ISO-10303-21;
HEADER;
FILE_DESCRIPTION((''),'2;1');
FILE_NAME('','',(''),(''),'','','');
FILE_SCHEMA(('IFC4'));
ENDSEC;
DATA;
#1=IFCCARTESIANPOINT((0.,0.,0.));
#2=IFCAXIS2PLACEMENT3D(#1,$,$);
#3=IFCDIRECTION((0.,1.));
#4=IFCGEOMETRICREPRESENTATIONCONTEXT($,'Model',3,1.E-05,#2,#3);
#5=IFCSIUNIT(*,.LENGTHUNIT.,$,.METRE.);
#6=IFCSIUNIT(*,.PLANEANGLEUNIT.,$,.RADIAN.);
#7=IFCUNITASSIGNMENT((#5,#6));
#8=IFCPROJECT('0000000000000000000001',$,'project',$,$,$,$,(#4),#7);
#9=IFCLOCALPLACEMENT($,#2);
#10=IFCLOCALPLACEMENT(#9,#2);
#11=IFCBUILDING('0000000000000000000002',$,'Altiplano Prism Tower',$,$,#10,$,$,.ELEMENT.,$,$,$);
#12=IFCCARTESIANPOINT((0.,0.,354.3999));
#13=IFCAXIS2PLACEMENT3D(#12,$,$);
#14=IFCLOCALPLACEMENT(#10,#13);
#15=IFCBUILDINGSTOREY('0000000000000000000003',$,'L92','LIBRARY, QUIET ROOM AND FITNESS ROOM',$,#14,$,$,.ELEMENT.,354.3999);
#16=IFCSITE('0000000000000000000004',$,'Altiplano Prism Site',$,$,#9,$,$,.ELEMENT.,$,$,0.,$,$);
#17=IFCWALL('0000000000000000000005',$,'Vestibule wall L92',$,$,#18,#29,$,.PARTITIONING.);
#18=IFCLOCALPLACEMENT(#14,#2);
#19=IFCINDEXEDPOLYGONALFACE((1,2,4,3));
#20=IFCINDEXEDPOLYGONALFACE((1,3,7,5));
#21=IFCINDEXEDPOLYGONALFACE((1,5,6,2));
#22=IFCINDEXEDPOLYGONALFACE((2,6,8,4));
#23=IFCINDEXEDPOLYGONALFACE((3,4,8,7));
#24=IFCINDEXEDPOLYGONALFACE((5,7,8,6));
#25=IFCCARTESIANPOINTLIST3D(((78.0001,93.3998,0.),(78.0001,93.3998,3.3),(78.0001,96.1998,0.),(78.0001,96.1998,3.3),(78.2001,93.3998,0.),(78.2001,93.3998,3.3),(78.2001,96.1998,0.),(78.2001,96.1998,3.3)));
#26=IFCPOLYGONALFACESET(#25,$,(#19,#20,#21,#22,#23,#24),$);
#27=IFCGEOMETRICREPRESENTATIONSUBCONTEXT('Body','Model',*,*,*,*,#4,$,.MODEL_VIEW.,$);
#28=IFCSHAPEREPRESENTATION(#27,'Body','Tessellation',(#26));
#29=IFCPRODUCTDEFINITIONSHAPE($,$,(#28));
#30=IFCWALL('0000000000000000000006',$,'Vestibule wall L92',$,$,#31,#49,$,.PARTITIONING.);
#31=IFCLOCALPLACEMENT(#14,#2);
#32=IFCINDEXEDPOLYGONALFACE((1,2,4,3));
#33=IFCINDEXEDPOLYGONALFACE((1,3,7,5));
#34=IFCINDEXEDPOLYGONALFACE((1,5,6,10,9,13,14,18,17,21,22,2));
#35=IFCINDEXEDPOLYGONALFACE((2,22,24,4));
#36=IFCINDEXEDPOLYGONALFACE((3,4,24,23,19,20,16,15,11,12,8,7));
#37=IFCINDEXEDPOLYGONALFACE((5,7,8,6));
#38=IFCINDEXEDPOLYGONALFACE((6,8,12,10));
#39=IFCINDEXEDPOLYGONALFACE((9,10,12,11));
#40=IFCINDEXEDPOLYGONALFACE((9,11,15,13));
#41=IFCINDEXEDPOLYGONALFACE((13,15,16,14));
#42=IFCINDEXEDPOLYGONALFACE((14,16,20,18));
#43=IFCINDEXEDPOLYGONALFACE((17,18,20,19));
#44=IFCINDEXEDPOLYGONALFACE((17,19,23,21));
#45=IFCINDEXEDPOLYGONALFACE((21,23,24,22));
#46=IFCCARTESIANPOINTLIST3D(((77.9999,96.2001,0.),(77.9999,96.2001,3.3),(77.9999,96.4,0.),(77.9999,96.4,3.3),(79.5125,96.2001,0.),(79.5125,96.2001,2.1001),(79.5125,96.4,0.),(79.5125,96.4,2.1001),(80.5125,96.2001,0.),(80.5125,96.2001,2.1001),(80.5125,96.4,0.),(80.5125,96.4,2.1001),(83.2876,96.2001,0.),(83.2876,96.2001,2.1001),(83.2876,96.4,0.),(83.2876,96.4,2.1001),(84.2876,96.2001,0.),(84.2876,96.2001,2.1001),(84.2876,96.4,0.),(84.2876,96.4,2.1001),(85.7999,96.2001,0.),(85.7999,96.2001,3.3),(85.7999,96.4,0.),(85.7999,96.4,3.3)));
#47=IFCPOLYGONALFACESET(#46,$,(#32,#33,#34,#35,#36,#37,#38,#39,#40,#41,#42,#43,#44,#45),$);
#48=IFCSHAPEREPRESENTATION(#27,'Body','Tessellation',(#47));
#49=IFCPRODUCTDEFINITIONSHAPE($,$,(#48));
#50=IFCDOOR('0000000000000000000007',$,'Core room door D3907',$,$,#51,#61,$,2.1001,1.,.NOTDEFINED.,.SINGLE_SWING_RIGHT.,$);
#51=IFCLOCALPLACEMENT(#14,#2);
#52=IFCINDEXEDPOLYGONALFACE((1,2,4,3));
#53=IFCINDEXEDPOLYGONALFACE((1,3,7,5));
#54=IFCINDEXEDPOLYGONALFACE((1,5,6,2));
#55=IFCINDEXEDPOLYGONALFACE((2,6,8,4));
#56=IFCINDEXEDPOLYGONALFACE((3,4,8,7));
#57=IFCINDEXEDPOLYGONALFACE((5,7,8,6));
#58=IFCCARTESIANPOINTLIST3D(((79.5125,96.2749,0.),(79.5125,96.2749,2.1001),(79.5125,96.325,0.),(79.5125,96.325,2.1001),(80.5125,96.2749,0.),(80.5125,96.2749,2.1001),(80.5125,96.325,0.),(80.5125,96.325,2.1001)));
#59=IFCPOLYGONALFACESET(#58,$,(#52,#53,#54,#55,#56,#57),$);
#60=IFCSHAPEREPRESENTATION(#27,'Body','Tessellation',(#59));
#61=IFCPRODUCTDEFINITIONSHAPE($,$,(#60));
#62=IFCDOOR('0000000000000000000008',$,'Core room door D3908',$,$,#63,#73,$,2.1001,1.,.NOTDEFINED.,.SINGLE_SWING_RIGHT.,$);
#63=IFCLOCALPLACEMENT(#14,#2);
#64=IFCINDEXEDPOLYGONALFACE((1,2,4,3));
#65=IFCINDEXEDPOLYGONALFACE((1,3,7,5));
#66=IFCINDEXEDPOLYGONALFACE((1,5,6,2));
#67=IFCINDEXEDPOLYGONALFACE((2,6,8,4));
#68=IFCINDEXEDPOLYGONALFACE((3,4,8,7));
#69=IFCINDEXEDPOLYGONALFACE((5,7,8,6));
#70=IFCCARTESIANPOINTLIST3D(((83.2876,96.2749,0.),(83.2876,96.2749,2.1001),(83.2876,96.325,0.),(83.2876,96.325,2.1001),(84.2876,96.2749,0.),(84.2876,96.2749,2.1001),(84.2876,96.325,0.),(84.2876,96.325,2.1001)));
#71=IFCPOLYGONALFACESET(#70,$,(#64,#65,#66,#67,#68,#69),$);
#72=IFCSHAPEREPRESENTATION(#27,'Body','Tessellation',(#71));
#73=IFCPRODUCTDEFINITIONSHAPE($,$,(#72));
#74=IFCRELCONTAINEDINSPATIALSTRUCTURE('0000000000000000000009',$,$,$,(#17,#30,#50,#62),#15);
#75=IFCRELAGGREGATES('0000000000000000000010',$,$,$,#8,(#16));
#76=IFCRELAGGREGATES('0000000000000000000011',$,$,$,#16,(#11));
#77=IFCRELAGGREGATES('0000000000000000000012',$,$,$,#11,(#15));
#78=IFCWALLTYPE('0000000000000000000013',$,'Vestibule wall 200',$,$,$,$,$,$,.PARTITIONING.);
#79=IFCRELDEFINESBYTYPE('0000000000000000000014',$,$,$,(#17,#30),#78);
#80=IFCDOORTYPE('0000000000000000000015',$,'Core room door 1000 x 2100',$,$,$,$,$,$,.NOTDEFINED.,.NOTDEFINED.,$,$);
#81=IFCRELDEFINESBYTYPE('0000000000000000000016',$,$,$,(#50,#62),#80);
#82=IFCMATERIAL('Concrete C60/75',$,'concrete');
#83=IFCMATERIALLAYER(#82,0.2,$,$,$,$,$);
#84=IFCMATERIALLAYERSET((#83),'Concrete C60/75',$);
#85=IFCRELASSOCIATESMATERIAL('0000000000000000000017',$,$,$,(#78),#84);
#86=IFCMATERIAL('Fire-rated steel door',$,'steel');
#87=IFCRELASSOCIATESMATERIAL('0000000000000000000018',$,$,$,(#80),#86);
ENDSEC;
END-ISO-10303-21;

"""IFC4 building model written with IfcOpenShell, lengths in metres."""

from ifc_helpers import new_model, si_unit, direction, frame, frame_2d, origin, place, context, subcontext, project, spatial, rectangle, extrude, material, layer, layer_set, type_object, element, fill, save


model = new_model("IFC4")

# Units and contexts
model_context = context("Model", 3, precision=1e-05, world=origin(), true_north=direction((0.0, 1.0)))
body_context = subcontext(model_context, "Body", "Model", "MODEL_VIEW")
ifc_project = project(units=[si_unit("LENGTHUNIT", "METRE"), si_unit("PLANEANGLEUNIT", "RADIAN")], contexts=[model_context])

# Site, building, storey
site_placement = place(None, origin())
site = spatial("IfcSite", under=ifc_project, at=site_placement, Name="Altiplano Prism Site", CompositionType="ELEMENT", RefElevation=0.0)
building_placement = place(site_placement, origin())
building = spatial("IfcBuilding", under=site, at=building_placement, Name="Altiplano Prism Tower", CompositionType="ELEMENT")
storey_placement = place(building_placement, frame((0.0, 0.0, 354.3999)))
storey = spatial("IfcBuildingStorey", under=building, at=storey_placement, Name="L92", Description="LIBRARY, QUIET ROOM AND FITNESS ROOM", CompositionType="ELEMENT", Elevation=354.3999)

# Shared definitions
ifc_material_1 = material(Name="Concrete C60/75", Category="concrete")

# Wall
ifc_layer_1 = layer(ifc_material_1, 0.2)
ifc_layer_set_1 = layer_set([ifc_layer_1], Name="Concrete C60/75")
wall_type_1 = type_object("IfcWallType", Name="Vestibule wall 200", PredefinedType="PARTITIONING", material=ifc_layer_set_1)
wall_1_placement = place(storey_placement, frame((78.1001, 93.3999, 0.0), z_axis=(0.0, 0.0, 1.0), x_axis=(0.0, 1.0, 0.0)))
element("IfcWall", 1, at=wall_1_placement, inside=storey, type_object=wall_type_1, Name="Vestibule wall L92", PredefinedType="PARTITIONING", context=body_context, shape_type="SweptSolid", body=[
    extrude(rectangle(XDim=2.8, YDim=0.2, at=frame_2d((1.3999, 0.0))), origin(), (0.0, 0.0, 1.0), 3.3),
])

# Wall, openings, doors
wall_2_placement = place(storey_placement, frame((78.0, 96.3, 0.0), z_axis=(0.0, 0.0, 1.0), x_axis=(1.0, 0.0, 0.0)))
wall_2 = element("IfcWall", 2, at=wall_2_placement, inside=storey, type_object=wall_type_1, Name="Vestibule wall L92", PredefinedType="PARTITIONING", context=body_context, shape_type="SweptSolid", body=[
    extrude(rectangle(XDim=7.8, YDim=0.2, at=frame_2d((3.8999, 0.0))), origin(), (0.0, 0.0, 1.0), 3.3),
])
opening_1_placement = place(wall_2_placement, frame((1.5125, 0.0, 0.0)))
opening_1 = element("IfcOpeningElement", 3, at=opening_1_placement, cuts=wall_2, PredefinedType="OPENING", context=body_context, shape_type="SweptSolid", body=[
    extrude(rectangle(XDim=1.0, YDim=2.1001, at=frame_2d((0.5, 1.05))), frame((0.0, 0.1104, 0.0), z_axis=(0.0, -1.0, 0.0), x_axis=(1.0, 0.0, 0.0)), (0.0, 0.0, 1.0), 0.2209),
])
opening_2_placement = place(wall_2_placement, frame((5.2876, 0.0, 0.0)))
opening_2 = element("IfcOpeningElement", 4, at=opening_2_placement, cuts=wall_2, PredefinedType="OPENING", context=body_context, shape_type="SweptSolid", body=[
    extrude(rectangle(XDim=1.0, YDim=2.1001, at=frame_2d((0.5, 1.05))), frame((0.0, 0.1104, 0.0), z_axis=(0.0, -1.0, 0.0), x_axis=(1.0, 0.0, 0.0)), (0.0, 0.0, 1.0), 0.2209),
])
ifc_material_2 = material(Name="Fire-rated steel door", Category="steel")
door_type_1 = type_object("IfcDoorType", Name="Core room door 1000 x 2100", OperationType="NOTDEFINED", PredefinedType="NOTDEFINED", material=ifc_material_2)
door_1_placement = place(opening_1_placement, origin())
door_1 = element("IfcDoor", 5, at=door_1_placement, inside=storey, type_object=door_type_1, Name="Core room door D3907", OperationType="SINGLE_SWING_RIGHT", OverallHeight=2.1001, OverallWidth=1.0, PredefinedType="NOTDEFINED", context=body_context, shape_type="SweptSolid", body=[
    extrude(rectangle(XDim=1.0, YDim=2.1001, at=frame_2d((0.5, 1.05))), frame((0.0, 0.0249, 0.0), z_axis=(0.0, -1.0, 0.0), x_axis=(1.0, 0.0, 0.0)), (0.0, 0.0, 1.0), 0.05),
])
fill(opening_1, door_1)
door_2_placement = place(opening_2_placement, origin())
door_2 = element("IfcDoor", 6, at=door_2_placement, inside=storey, type_object=door_type_1, Name="Core room door D3908", OperationType="SINGLE_SWING_RIGHT", OverallHeight=2.1001, OverallWidth=1.0, PredefinedType="NOTDEFINED", context=body_context, shape_type="SweptSolid", body=[
    extrude(rectangle(XDim=1.0, YDim=2.1001, at=frame_2d((0.5, 1.05))), frame((0.0, 0.0249, 0.0), z_axis=(0.0, -1.0, 0.0), x_axis=(1.0, 0.0, 0.0)), (0.0, 0.0, 1.0), 0.05),
])
fill(opening_2, door_2)

save(model, "model.ifc")
